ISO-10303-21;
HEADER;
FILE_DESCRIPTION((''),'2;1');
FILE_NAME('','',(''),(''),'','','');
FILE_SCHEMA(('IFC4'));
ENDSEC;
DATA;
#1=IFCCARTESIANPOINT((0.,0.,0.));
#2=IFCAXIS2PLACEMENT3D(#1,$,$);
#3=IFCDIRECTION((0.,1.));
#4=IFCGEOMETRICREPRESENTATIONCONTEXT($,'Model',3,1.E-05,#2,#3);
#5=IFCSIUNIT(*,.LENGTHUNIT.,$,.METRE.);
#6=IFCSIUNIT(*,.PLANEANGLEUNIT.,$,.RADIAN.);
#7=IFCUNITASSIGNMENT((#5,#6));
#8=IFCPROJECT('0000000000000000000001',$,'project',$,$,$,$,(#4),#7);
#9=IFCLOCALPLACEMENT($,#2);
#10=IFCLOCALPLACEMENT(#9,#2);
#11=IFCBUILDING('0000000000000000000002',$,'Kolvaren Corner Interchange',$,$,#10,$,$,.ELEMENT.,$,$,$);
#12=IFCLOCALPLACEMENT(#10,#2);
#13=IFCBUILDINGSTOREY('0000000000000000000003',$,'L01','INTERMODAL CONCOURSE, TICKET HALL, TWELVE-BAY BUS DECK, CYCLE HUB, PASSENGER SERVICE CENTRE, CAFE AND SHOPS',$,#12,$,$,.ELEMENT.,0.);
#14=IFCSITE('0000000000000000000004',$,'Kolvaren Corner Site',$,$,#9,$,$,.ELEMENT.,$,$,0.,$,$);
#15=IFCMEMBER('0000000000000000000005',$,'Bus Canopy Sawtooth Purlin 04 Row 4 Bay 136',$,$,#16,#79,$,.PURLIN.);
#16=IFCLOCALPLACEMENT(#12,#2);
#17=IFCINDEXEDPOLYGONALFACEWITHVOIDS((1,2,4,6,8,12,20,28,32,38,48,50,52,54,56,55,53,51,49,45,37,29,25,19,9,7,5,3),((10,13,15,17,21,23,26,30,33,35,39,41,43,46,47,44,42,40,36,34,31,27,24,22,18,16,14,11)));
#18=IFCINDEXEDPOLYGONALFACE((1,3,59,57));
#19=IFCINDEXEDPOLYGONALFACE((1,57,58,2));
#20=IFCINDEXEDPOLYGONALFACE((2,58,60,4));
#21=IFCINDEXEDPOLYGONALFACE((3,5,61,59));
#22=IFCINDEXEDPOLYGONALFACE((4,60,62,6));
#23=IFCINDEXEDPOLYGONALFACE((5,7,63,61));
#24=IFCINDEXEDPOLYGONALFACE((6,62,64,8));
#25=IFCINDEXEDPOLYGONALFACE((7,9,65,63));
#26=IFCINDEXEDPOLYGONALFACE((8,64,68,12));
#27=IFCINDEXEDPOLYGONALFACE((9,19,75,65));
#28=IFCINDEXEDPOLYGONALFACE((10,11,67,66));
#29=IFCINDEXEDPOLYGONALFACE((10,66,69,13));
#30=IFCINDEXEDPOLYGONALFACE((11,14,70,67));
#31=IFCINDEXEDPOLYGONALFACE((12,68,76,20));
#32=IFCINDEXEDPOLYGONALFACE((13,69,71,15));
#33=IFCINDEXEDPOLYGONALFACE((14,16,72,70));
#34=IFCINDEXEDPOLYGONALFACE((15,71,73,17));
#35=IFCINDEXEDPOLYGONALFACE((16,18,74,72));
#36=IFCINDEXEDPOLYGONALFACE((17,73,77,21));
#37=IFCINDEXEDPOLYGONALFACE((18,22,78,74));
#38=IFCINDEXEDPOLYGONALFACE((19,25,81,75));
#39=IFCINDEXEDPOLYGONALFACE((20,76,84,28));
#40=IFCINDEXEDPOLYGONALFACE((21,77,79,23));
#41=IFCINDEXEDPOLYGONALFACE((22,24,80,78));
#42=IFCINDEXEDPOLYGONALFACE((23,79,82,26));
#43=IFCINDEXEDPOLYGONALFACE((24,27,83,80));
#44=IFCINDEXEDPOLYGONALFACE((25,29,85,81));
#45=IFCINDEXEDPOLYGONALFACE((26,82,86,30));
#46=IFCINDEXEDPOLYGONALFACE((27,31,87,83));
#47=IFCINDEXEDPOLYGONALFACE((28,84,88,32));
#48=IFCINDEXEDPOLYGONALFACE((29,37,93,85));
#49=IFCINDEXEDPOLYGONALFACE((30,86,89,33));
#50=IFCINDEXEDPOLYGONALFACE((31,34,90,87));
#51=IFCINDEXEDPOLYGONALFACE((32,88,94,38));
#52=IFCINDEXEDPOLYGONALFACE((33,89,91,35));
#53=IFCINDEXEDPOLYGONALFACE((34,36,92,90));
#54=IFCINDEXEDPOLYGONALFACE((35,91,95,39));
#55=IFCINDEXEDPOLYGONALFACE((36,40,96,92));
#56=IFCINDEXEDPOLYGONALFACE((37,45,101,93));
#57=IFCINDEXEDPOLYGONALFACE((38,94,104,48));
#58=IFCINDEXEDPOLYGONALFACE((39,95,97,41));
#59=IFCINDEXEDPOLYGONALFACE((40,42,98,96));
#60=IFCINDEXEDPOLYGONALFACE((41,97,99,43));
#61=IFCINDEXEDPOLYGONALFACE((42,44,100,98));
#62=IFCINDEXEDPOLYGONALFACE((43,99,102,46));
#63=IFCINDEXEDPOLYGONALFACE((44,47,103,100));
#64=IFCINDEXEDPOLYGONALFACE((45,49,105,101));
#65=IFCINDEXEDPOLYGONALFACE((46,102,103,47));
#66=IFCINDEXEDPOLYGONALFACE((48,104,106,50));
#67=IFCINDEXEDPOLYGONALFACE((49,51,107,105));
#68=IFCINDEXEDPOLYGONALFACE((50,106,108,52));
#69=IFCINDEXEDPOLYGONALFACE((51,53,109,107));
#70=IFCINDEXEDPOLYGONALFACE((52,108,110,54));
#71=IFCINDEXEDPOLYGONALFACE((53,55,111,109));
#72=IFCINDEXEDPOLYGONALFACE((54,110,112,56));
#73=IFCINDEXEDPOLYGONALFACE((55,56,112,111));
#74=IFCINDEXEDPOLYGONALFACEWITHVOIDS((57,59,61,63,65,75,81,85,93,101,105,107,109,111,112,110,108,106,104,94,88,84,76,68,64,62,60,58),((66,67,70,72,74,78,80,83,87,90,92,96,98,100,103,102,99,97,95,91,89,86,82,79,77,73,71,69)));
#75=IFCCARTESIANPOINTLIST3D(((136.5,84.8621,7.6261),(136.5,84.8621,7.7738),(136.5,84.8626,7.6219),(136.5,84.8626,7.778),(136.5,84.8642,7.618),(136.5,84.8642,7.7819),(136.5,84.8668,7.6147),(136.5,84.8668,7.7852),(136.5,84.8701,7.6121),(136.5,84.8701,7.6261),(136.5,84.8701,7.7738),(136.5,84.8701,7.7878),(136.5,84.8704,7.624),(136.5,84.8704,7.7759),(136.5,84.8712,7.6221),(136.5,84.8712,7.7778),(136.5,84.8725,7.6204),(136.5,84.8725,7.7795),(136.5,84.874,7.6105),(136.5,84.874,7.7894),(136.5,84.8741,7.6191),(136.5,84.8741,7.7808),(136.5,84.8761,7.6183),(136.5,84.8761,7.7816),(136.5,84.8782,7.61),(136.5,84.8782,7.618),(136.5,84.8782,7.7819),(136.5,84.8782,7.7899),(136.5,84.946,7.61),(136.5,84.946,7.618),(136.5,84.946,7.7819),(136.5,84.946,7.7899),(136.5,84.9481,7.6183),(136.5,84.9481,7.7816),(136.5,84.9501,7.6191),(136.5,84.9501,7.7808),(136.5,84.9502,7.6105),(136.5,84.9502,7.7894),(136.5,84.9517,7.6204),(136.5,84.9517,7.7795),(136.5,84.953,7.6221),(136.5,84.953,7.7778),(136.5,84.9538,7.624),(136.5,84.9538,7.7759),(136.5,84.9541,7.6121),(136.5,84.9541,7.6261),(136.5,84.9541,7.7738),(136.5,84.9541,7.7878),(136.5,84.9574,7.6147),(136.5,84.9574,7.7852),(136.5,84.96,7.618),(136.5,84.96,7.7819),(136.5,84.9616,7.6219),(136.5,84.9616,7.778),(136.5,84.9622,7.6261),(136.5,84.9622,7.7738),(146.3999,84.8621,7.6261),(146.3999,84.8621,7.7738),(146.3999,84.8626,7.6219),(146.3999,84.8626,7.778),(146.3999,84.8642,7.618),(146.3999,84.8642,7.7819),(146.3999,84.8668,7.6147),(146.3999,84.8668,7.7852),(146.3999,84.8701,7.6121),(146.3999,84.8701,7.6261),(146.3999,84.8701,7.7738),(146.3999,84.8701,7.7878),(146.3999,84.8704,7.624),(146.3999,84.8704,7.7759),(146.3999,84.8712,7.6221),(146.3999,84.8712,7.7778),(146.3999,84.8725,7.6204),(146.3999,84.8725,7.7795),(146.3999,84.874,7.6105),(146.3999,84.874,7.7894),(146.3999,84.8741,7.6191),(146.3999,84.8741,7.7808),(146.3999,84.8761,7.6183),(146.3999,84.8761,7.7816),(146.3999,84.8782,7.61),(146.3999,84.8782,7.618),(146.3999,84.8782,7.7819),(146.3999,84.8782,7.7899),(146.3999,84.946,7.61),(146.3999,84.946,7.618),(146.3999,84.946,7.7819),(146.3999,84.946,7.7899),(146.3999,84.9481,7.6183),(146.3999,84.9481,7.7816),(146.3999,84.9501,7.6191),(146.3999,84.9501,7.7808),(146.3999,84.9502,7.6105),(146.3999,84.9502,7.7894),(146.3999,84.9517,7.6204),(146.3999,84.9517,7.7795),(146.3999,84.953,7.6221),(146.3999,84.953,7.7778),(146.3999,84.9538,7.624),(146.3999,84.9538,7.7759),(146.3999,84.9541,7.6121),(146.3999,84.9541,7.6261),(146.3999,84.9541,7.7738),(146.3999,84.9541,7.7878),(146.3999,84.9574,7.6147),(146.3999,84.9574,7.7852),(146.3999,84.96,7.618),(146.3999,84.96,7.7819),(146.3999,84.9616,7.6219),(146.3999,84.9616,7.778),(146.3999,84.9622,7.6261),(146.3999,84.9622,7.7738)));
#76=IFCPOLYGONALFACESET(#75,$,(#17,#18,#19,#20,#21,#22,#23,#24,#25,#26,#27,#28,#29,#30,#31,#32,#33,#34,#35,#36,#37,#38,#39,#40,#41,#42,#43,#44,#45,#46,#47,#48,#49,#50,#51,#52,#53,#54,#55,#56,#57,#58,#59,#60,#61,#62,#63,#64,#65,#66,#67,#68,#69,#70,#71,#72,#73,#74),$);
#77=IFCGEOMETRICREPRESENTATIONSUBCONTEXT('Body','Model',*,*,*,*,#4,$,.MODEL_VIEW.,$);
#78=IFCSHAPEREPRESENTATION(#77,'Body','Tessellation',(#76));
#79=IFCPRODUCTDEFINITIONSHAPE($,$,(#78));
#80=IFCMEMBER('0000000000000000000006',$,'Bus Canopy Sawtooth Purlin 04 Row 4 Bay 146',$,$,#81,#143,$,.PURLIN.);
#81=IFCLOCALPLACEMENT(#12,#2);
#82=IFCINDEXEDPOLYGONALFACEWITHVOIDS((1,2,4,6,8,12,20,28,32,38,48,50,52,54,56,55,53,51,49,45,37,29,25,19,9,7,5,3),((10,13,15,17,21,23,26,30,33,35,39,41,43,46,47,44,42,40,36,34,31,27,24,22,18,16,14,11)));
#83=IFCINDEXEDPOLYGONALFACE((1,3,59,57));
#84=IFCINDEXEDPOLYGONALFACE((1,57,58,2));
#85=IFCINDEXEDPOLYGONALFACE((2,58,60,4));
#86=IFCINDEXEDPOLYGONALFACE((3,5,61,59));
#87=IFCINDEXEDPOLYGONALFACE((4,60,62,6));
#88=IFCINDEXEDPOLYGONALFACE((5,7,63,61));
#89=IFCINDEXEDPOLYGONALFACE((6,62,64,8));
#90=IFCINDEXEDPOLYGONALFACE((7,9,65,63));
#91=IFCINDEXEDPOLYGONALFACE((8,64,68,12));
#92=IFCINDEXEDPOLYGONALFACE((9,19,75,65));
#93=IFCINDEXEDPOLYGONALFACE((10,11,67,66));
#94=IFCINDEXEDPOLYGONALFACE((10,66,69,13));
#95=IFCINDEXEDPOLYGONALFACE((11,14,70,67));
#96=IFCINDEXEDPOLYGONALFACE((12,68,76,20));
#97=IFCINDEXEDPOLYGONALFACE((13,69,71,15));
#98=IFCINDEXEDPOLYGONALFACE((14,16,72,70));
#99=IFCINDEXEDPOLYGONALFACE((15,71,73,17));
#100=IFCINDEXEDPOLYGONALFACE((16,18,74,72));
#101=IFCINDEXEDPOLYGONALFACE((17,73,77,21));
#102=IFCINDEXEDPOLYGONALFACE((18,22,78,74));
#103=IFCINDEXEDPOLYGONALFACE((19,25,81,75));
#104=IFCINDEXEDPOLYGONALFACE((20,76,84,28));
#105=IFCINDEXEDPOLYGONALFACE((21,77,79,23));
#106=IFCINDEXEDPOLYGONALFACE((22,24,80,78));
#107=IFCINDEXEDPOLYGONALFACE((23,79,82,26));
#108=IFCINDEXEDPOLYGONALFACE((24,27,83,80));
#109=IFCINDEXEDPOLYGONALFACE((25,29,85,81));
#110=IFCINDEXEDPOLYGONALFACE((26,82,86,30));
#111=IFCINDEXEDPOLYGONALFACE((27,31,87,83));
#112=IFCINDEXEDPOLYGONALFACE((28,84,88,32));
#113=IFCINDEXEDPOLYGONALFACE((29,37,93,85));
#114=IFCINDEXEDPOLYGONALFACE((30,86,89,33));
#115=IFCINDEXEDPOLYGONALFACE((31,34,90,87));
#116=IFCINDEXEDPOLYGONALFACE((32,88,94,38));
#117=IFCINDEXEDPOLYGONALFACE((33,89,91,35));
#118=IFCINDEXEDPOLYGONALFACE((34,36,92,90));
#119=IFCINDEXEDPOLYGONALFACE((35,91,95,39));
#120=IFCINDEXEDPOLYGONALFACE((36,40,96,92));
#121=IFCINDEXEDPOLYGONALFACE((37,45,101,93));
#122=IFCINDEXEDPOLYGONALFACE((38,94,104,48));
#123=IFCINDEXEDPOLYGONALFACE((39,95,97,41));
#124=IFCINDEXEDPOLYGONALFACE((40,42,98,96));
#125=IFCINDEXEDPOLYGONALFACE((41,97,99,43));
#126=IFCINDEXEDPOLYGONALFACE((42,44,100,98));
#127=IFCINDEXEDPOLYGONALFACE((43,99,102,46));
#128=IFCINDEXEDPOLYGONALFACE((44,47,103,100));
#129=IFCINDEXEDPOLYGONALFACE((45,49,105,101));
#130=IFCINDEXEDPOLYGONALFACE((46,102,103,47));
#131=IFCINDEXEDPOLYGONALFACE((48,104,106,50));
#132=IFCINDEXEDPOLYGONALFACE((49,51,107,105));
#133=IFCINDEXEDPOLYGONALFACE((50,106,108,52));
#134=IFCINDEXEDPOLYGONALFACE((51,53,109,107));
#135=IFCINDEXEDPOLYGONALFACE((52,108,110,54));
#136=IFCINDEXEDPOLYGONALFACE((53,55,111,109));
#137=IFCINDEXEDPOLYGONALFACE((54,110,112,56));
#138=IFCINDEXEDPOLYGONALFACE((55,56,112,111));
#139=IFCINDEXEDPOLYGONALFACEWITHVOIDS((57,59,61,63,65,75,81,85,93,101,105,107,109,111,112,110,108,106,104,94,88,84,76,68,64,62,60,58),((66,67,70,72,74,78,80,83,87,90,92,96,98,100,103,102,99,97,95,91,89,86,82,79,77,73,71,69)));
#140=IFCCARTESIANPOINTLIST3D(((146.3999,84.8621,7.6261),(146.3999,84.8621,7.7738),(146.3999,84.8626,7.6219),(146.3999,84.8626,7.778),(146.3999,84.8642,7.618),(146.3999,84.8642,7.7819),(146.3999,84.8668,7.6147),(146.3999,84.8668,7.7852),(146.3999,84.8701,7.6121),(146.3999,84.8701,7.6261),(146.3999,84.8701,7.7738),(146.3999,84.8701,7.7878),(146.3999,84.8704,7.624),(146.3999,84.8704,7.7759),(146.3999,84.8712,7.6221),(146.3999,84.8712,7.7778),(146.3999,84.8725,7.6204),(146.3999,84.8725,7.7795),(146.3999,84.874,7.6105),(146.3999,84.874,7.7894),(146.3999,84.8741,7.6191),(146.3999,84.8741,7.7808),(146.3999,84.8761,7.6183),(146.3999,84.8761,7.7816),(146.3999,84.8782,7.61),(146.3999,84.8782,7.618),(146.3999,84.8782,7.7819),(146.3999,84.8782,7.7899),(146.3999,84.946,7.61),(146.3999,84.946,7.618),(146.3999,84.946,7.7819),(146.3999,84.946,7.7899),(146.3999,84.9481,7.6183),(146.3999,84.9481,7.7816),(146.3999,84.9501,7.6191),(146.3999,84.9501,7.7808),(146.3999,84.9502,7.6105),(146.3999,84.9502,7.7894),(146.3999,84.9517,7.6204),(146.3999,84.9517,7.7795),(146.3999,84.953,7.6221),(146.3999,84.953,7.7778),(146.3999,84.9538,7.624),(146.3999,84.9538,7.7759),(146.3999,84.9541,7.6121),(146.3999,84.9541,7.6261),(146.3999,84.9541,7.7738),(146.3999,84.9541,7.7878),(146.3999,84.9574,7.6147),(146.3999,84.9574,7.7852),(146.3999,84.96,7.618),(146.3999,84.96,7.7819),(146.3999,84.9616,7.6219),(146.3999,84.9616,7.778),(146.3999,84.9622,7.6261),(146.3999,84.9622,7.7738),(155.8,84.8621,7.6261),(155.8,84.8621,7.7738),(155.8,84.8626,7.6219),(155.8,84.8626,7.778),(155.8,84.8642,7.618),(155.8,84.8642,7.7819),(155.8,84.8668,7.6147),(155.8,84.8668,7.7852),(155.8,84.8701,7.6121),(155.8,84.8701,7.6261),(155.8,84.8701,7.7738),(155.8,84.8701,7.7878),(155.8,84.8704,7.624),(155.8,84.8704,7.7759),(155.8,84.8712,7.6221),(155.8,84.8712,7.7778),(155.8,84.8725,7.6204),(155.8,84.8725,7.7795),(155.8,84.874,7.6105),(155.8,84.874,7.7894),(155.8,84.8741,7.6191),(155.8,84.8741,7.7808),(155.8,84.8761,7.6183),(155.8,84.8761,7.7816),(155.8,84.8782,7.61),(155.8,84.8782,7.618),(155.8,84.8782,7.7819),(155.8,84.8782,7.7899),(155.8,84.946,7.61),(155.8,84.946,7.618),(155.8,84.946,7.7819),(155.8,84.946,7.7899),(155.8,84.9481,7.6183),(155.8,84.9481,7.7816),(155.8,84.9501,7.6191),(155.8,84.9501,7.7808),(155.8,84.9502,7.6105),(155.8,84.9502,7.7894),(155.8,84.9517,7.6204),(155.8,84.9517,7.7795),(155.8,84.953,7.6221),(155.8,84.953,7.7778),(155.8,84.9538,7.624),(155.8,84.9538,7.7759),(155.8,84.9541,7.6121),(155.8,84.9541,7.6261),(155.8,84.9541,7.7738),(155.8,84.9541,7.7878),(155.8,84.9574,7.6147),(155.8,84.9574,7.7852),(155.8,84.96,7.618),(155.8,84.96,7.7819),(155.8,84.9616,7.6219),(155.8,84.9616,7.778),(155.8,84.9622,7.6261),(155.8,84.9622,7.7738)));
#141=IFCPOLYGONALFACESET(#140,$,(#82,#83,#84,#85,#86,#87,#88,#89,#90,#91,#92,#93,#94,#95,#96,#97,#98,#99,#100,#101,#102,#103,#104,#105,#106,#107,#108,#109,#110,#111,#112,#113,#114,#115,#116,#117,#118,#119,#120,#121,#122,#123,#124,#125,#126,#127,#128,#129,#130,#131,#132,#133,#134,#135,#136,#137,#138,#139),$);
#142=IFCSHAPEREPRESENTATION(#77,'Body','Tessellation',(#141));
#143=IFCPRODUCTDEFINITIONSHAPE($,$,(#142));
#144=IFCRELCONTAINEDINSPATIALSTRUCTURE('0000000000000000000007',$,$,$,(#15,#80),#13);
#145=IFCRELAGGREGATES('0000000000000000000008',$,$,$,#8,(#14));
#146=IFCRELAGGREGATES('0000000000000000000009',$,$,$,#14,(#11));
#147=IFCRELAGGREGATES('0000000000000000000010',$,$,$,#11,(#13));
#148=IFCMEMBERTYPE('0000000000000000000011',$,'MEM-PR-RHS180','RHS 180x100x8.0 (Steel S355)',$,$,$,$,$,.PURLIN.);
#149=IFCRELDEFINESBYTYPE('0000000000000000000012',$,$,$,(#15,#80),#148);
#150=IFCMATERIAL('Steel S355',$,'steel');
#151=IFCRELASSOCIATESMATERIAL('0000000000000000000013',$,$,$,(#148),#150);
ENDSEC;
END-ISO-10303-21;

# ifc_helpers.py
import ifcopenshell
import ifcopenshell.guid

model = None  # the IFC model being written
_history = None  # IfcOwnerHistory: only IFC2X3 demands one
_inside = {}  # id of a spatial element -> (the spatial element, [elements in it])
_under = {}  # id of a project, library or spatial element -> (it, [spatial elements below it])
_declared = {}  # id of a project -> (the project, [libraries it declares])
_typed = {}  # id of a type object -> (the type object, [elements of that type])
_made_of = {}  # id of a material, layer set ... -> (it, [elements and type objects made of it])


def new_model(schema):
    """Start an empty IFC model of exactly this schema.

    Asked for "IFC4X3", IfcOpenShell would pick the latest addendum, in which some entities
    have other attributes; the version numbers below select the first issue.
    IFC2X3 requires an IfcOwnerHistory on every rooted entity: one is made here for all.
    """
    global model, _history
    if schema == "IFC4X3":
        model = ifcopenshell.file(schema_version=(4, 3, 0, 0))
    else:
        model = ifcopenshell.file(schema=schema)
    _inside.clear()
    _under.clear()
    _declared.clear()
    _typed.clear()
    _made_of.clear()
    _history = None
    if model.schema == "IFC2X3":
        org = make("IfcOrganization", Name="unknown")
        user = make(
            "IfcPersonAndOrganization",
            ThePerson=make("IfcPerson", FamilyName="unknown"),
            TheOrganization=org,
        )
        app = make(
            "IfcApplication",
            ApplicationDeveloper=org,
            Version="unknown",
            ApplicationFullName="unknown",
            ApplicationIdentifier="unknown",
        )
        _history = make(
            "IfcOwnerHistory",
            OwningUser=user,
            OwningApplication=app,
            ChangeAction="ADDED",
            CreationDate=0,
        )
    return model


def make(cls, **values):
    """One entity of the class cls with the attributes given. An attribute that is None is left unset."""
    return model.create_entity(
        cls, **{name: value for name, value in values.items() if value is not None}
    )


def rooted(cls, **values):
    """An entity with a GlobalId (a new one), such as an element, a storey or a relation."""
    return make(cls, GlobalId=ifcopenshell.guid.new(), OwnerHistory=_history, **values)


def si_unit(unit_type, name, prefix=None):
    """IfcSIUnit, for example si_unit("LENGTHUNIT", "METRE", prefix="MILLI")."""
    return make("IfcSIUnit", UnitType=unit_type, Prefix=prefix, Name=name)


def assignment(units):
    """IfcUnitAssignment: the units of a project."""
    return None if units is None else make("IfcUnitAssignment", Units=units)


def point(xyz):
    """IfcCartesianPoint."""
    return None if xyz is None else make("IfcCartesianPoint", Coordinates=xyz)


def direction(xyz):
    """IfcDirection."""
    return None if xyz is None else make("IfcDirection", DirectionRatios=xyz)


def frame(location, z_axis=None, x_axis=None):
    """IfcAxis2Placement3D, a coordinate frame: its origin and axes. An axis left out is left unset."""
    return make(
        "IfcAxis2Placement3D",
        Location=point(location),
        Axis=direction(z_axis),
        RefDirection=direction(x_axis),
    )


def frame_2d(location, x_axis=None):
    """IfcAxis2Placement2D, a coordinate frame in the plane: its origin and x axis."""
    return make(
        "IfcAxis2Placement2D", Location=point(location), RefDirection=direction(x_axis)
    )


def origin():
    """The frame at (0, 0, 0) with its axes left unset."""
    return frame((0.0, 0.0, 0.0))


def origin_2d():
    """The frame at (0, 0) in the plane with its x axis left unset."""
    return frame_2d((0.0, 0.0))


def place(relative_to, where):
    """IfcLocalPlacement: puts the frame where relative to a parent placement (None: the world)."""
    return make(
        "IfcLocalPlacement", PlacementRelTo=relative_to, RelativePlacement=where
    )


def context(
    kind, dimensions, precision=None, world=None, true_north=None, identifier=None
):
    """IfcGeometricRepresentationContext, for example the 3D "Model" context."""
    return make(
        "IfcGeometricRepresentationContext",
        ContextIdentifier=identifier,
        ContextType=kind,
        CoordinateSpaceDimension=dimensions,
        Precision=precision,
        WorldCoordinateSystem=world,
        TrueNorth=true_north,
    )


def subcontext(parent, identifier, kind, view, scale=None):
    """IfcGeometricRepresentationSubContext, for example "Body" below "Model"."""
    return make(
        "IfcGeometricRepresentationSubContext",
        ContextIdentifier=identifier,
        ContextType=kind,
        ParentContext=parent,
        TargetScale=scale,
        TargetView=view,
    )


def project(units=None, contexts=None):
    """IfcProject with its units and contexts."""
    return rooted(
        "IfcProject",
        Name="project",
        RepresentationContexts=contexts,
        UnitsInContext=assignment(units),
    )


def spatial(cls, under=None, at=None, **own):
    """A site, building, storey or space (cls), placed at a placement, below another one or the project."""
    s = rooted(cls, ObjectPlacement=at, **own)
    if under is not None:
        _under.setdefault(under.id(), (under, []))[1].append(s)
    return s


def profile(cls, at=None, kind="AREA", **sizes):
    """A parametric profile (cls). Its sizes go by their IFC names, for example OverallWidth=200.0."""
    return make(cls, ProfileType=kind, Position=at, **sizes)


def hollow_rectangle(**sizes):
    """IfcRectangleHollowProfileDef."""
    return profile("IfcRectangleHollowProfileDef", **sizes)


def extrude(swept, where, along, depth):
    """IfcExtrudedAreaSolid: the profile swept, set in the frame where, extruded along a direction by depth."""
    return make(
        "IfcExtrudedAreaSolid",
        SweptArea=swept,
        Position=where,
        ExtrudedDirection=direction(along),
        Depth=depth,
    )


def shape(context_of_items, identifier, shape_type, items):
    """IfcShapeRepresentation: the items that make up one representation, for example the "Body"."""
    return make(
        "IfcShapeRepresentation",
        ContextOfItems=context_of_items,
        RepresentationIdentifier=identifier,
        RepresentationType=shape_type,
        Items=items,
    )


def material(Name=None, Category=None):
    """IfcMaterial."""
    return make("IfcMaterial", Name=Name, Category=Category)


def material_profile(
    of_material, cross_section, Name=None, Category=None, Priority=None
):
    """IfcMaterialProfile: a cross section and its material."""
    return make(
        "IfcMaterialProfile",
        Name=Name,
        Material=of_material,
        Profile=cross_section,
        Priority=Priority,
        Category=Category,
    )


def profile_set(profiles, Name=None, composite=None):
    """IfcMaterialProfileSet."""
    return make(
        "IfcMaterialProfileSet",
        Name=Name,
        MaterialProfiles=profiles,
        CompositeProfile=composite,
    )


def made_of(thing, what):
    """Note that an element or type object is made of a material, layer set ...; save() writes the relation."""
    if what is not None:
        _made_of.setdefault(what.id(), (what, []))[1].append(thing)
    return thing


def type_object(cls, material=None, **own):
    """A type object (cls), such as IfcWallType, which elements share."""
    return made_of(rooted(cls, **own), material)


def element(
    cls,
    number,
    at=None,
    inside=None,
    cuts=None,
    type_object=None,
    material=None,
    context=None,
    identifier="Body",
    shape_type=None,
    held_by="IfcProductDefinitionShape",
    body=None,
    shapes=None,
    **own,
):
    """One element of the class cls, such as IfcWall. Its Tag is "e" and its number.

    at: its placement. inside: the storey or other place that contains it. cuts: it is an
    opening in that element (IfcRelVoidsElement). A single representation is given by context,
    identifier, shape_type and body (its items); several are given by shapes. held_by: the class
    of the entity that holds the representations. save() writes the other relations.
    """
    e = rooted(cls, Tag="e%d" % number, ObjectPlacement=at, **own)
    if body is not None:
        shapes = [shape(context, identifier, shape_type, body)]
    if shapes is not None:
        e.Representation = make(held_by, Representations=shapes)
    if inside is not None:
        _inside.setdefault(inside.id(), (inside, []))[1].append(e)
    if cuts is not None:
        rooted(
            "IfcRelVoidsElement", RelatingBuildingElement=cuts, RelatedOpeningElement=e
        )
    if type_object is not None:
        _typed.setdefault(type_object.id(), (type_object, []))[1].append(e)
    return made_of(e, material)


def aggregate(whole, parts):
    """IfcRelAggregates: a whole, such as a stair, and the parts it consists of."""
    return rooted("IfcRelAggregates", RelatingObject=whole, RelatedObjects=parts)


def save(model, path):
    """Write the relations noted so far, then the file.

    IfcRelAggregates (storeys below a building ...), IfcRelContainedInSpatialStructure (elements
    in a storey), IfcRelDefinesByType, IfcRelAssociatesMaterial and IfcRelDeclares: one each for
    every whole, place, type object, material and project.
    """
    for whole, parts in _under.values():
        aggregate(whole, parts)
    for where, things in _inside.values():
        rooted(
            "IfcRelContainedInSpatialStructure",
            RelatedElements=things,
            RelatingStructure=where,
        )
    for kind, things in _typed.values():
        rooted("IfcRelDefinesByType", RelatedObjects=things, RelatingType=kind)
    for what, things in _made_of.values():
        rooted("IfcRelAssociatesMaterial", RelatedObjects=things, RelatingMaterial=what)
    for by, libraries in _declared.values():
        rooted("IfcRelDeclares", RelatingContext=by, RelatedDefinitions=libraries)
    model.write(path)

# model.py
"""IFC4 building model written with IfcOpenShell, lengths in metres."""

from ifc_helpers import new_model, si_unit, direction, frame, origin, origin_2d, place, context, subcontext, project, spatial, hollow_rectangle, extrude, material, material_profile, profile_set, type_object, element, save


model = new_model("IFC4")

# Units and contexts
model_context = context("Model", 3, precision=1e-05, world=origin(), true_north=direction((0.0, 1.0)))
body_context = subcontext(model_context, "Body", "Model", "MODEL_VIEW")
ifc_project = project(units=[si_unit("LENGTHUNIT", "METRE"), si_unit("PLANEANGLEUNIT", "RADIAN")], contexts=[model_context])

# Site, building, storey
site_placement = place(None, origin())
site = spatial("IfcSite", under=ifc_project, at=site_placement, Name="Kolvaren Corner Site", CompositionType="ELEMENT", RefElevation=0.0)
building_placement = place(site_placement, origin())
building = spatial("IfcBuilding", under=site, at=building_placement, Name="Kolvaren Corner Interchange", CompositionType="ELEMENT")
storey_placement = place(building_placement, origin())
storey = spatial("IfcBuildingStorey", under=building, at=storey_placement, Name="L01", Description="INTERMODAL CONCOURSE, TICKET HALL, TWELVE-BAY BUS DECK, CYCLE HUB, PASSENGER SERVICE CENTRE, CAFE AND SHOPS", CompositionType="ELEMENT", Elevation=0.0)

# Members
ifc_material_1 = material(Name="Steel S355", Category="steel")
ifc_material_profile_1 = material_profile(ifc_material_1, hollow_rectangle(XDim=0.1001, YDim=0.1799, WallThickness=0.0081, InnerFilletRadius=0.0081, OuterFilletRadius=0.0161, at=origin_2d()), Name="RHS 180x100x8.0")
ifc_profile_set_1 = profile_set([ifc_material_profile_1], Name="Steel S355")
member_type_1 = type_object("IfcMemberType", Name="MEM-PR-RHS180", Description="RHS 180x100x8.0 (Steel S355)", PredefinedType="PURLIN", material=ifc_profile_set_1)
member_1_placement = place(storey_placement, frame((136.5, 84.9121, 7.7), z_axis=(1.0, 0.0, 0.0), x_axis=(0.0, 1.0, 0.0)))
element("IfcMember", 1, at=member_1_placement, inside=storey, type_object=member_type_1, Name="Bus Canopy Sawtooth Purlin 04 Row 4 Bay 136", PredefinedType="PURLIN", context=body_context, shape_type="SweptSolid", body=[
    extrude(hollow_rectangle(XDim=0.1001, YDim=0.1799, WallThickness=0.0081, InnerFilletRadius=0.0081, OuterFilletRadius=0.0161, at=origin_2d()), origin(), (0.0, 0.0, 1.0), 9.8999),
])
member_2_placement = place(storey_placement, frame((146.3999, 84.9121, 7.7), z_axis=(1.0, 0.0, 0.0), x_axis=(0.0, 1.0, 0.0)))
element("IfcMember", 2, at=member_2_placement, inside=storey, type_object=member_type_1, Name="Bus Canopy Sawtooth Purlin 04 Row 4 Bay 146", PredefinedType="PURLIN", context=body_context, shape_type="SweptSolid", body=[
    extrude(hollow_rectangle(XDim=0.1001, YDim=0.1799, WallThickness=0.0081, InnerFilletRadius=0.0081, OuterFilletRadius=0.0161, at=origin_2d()), origin(), (0.0, 0.0, 1.0), 9.4001),
])

save(model, "model.ifc")
